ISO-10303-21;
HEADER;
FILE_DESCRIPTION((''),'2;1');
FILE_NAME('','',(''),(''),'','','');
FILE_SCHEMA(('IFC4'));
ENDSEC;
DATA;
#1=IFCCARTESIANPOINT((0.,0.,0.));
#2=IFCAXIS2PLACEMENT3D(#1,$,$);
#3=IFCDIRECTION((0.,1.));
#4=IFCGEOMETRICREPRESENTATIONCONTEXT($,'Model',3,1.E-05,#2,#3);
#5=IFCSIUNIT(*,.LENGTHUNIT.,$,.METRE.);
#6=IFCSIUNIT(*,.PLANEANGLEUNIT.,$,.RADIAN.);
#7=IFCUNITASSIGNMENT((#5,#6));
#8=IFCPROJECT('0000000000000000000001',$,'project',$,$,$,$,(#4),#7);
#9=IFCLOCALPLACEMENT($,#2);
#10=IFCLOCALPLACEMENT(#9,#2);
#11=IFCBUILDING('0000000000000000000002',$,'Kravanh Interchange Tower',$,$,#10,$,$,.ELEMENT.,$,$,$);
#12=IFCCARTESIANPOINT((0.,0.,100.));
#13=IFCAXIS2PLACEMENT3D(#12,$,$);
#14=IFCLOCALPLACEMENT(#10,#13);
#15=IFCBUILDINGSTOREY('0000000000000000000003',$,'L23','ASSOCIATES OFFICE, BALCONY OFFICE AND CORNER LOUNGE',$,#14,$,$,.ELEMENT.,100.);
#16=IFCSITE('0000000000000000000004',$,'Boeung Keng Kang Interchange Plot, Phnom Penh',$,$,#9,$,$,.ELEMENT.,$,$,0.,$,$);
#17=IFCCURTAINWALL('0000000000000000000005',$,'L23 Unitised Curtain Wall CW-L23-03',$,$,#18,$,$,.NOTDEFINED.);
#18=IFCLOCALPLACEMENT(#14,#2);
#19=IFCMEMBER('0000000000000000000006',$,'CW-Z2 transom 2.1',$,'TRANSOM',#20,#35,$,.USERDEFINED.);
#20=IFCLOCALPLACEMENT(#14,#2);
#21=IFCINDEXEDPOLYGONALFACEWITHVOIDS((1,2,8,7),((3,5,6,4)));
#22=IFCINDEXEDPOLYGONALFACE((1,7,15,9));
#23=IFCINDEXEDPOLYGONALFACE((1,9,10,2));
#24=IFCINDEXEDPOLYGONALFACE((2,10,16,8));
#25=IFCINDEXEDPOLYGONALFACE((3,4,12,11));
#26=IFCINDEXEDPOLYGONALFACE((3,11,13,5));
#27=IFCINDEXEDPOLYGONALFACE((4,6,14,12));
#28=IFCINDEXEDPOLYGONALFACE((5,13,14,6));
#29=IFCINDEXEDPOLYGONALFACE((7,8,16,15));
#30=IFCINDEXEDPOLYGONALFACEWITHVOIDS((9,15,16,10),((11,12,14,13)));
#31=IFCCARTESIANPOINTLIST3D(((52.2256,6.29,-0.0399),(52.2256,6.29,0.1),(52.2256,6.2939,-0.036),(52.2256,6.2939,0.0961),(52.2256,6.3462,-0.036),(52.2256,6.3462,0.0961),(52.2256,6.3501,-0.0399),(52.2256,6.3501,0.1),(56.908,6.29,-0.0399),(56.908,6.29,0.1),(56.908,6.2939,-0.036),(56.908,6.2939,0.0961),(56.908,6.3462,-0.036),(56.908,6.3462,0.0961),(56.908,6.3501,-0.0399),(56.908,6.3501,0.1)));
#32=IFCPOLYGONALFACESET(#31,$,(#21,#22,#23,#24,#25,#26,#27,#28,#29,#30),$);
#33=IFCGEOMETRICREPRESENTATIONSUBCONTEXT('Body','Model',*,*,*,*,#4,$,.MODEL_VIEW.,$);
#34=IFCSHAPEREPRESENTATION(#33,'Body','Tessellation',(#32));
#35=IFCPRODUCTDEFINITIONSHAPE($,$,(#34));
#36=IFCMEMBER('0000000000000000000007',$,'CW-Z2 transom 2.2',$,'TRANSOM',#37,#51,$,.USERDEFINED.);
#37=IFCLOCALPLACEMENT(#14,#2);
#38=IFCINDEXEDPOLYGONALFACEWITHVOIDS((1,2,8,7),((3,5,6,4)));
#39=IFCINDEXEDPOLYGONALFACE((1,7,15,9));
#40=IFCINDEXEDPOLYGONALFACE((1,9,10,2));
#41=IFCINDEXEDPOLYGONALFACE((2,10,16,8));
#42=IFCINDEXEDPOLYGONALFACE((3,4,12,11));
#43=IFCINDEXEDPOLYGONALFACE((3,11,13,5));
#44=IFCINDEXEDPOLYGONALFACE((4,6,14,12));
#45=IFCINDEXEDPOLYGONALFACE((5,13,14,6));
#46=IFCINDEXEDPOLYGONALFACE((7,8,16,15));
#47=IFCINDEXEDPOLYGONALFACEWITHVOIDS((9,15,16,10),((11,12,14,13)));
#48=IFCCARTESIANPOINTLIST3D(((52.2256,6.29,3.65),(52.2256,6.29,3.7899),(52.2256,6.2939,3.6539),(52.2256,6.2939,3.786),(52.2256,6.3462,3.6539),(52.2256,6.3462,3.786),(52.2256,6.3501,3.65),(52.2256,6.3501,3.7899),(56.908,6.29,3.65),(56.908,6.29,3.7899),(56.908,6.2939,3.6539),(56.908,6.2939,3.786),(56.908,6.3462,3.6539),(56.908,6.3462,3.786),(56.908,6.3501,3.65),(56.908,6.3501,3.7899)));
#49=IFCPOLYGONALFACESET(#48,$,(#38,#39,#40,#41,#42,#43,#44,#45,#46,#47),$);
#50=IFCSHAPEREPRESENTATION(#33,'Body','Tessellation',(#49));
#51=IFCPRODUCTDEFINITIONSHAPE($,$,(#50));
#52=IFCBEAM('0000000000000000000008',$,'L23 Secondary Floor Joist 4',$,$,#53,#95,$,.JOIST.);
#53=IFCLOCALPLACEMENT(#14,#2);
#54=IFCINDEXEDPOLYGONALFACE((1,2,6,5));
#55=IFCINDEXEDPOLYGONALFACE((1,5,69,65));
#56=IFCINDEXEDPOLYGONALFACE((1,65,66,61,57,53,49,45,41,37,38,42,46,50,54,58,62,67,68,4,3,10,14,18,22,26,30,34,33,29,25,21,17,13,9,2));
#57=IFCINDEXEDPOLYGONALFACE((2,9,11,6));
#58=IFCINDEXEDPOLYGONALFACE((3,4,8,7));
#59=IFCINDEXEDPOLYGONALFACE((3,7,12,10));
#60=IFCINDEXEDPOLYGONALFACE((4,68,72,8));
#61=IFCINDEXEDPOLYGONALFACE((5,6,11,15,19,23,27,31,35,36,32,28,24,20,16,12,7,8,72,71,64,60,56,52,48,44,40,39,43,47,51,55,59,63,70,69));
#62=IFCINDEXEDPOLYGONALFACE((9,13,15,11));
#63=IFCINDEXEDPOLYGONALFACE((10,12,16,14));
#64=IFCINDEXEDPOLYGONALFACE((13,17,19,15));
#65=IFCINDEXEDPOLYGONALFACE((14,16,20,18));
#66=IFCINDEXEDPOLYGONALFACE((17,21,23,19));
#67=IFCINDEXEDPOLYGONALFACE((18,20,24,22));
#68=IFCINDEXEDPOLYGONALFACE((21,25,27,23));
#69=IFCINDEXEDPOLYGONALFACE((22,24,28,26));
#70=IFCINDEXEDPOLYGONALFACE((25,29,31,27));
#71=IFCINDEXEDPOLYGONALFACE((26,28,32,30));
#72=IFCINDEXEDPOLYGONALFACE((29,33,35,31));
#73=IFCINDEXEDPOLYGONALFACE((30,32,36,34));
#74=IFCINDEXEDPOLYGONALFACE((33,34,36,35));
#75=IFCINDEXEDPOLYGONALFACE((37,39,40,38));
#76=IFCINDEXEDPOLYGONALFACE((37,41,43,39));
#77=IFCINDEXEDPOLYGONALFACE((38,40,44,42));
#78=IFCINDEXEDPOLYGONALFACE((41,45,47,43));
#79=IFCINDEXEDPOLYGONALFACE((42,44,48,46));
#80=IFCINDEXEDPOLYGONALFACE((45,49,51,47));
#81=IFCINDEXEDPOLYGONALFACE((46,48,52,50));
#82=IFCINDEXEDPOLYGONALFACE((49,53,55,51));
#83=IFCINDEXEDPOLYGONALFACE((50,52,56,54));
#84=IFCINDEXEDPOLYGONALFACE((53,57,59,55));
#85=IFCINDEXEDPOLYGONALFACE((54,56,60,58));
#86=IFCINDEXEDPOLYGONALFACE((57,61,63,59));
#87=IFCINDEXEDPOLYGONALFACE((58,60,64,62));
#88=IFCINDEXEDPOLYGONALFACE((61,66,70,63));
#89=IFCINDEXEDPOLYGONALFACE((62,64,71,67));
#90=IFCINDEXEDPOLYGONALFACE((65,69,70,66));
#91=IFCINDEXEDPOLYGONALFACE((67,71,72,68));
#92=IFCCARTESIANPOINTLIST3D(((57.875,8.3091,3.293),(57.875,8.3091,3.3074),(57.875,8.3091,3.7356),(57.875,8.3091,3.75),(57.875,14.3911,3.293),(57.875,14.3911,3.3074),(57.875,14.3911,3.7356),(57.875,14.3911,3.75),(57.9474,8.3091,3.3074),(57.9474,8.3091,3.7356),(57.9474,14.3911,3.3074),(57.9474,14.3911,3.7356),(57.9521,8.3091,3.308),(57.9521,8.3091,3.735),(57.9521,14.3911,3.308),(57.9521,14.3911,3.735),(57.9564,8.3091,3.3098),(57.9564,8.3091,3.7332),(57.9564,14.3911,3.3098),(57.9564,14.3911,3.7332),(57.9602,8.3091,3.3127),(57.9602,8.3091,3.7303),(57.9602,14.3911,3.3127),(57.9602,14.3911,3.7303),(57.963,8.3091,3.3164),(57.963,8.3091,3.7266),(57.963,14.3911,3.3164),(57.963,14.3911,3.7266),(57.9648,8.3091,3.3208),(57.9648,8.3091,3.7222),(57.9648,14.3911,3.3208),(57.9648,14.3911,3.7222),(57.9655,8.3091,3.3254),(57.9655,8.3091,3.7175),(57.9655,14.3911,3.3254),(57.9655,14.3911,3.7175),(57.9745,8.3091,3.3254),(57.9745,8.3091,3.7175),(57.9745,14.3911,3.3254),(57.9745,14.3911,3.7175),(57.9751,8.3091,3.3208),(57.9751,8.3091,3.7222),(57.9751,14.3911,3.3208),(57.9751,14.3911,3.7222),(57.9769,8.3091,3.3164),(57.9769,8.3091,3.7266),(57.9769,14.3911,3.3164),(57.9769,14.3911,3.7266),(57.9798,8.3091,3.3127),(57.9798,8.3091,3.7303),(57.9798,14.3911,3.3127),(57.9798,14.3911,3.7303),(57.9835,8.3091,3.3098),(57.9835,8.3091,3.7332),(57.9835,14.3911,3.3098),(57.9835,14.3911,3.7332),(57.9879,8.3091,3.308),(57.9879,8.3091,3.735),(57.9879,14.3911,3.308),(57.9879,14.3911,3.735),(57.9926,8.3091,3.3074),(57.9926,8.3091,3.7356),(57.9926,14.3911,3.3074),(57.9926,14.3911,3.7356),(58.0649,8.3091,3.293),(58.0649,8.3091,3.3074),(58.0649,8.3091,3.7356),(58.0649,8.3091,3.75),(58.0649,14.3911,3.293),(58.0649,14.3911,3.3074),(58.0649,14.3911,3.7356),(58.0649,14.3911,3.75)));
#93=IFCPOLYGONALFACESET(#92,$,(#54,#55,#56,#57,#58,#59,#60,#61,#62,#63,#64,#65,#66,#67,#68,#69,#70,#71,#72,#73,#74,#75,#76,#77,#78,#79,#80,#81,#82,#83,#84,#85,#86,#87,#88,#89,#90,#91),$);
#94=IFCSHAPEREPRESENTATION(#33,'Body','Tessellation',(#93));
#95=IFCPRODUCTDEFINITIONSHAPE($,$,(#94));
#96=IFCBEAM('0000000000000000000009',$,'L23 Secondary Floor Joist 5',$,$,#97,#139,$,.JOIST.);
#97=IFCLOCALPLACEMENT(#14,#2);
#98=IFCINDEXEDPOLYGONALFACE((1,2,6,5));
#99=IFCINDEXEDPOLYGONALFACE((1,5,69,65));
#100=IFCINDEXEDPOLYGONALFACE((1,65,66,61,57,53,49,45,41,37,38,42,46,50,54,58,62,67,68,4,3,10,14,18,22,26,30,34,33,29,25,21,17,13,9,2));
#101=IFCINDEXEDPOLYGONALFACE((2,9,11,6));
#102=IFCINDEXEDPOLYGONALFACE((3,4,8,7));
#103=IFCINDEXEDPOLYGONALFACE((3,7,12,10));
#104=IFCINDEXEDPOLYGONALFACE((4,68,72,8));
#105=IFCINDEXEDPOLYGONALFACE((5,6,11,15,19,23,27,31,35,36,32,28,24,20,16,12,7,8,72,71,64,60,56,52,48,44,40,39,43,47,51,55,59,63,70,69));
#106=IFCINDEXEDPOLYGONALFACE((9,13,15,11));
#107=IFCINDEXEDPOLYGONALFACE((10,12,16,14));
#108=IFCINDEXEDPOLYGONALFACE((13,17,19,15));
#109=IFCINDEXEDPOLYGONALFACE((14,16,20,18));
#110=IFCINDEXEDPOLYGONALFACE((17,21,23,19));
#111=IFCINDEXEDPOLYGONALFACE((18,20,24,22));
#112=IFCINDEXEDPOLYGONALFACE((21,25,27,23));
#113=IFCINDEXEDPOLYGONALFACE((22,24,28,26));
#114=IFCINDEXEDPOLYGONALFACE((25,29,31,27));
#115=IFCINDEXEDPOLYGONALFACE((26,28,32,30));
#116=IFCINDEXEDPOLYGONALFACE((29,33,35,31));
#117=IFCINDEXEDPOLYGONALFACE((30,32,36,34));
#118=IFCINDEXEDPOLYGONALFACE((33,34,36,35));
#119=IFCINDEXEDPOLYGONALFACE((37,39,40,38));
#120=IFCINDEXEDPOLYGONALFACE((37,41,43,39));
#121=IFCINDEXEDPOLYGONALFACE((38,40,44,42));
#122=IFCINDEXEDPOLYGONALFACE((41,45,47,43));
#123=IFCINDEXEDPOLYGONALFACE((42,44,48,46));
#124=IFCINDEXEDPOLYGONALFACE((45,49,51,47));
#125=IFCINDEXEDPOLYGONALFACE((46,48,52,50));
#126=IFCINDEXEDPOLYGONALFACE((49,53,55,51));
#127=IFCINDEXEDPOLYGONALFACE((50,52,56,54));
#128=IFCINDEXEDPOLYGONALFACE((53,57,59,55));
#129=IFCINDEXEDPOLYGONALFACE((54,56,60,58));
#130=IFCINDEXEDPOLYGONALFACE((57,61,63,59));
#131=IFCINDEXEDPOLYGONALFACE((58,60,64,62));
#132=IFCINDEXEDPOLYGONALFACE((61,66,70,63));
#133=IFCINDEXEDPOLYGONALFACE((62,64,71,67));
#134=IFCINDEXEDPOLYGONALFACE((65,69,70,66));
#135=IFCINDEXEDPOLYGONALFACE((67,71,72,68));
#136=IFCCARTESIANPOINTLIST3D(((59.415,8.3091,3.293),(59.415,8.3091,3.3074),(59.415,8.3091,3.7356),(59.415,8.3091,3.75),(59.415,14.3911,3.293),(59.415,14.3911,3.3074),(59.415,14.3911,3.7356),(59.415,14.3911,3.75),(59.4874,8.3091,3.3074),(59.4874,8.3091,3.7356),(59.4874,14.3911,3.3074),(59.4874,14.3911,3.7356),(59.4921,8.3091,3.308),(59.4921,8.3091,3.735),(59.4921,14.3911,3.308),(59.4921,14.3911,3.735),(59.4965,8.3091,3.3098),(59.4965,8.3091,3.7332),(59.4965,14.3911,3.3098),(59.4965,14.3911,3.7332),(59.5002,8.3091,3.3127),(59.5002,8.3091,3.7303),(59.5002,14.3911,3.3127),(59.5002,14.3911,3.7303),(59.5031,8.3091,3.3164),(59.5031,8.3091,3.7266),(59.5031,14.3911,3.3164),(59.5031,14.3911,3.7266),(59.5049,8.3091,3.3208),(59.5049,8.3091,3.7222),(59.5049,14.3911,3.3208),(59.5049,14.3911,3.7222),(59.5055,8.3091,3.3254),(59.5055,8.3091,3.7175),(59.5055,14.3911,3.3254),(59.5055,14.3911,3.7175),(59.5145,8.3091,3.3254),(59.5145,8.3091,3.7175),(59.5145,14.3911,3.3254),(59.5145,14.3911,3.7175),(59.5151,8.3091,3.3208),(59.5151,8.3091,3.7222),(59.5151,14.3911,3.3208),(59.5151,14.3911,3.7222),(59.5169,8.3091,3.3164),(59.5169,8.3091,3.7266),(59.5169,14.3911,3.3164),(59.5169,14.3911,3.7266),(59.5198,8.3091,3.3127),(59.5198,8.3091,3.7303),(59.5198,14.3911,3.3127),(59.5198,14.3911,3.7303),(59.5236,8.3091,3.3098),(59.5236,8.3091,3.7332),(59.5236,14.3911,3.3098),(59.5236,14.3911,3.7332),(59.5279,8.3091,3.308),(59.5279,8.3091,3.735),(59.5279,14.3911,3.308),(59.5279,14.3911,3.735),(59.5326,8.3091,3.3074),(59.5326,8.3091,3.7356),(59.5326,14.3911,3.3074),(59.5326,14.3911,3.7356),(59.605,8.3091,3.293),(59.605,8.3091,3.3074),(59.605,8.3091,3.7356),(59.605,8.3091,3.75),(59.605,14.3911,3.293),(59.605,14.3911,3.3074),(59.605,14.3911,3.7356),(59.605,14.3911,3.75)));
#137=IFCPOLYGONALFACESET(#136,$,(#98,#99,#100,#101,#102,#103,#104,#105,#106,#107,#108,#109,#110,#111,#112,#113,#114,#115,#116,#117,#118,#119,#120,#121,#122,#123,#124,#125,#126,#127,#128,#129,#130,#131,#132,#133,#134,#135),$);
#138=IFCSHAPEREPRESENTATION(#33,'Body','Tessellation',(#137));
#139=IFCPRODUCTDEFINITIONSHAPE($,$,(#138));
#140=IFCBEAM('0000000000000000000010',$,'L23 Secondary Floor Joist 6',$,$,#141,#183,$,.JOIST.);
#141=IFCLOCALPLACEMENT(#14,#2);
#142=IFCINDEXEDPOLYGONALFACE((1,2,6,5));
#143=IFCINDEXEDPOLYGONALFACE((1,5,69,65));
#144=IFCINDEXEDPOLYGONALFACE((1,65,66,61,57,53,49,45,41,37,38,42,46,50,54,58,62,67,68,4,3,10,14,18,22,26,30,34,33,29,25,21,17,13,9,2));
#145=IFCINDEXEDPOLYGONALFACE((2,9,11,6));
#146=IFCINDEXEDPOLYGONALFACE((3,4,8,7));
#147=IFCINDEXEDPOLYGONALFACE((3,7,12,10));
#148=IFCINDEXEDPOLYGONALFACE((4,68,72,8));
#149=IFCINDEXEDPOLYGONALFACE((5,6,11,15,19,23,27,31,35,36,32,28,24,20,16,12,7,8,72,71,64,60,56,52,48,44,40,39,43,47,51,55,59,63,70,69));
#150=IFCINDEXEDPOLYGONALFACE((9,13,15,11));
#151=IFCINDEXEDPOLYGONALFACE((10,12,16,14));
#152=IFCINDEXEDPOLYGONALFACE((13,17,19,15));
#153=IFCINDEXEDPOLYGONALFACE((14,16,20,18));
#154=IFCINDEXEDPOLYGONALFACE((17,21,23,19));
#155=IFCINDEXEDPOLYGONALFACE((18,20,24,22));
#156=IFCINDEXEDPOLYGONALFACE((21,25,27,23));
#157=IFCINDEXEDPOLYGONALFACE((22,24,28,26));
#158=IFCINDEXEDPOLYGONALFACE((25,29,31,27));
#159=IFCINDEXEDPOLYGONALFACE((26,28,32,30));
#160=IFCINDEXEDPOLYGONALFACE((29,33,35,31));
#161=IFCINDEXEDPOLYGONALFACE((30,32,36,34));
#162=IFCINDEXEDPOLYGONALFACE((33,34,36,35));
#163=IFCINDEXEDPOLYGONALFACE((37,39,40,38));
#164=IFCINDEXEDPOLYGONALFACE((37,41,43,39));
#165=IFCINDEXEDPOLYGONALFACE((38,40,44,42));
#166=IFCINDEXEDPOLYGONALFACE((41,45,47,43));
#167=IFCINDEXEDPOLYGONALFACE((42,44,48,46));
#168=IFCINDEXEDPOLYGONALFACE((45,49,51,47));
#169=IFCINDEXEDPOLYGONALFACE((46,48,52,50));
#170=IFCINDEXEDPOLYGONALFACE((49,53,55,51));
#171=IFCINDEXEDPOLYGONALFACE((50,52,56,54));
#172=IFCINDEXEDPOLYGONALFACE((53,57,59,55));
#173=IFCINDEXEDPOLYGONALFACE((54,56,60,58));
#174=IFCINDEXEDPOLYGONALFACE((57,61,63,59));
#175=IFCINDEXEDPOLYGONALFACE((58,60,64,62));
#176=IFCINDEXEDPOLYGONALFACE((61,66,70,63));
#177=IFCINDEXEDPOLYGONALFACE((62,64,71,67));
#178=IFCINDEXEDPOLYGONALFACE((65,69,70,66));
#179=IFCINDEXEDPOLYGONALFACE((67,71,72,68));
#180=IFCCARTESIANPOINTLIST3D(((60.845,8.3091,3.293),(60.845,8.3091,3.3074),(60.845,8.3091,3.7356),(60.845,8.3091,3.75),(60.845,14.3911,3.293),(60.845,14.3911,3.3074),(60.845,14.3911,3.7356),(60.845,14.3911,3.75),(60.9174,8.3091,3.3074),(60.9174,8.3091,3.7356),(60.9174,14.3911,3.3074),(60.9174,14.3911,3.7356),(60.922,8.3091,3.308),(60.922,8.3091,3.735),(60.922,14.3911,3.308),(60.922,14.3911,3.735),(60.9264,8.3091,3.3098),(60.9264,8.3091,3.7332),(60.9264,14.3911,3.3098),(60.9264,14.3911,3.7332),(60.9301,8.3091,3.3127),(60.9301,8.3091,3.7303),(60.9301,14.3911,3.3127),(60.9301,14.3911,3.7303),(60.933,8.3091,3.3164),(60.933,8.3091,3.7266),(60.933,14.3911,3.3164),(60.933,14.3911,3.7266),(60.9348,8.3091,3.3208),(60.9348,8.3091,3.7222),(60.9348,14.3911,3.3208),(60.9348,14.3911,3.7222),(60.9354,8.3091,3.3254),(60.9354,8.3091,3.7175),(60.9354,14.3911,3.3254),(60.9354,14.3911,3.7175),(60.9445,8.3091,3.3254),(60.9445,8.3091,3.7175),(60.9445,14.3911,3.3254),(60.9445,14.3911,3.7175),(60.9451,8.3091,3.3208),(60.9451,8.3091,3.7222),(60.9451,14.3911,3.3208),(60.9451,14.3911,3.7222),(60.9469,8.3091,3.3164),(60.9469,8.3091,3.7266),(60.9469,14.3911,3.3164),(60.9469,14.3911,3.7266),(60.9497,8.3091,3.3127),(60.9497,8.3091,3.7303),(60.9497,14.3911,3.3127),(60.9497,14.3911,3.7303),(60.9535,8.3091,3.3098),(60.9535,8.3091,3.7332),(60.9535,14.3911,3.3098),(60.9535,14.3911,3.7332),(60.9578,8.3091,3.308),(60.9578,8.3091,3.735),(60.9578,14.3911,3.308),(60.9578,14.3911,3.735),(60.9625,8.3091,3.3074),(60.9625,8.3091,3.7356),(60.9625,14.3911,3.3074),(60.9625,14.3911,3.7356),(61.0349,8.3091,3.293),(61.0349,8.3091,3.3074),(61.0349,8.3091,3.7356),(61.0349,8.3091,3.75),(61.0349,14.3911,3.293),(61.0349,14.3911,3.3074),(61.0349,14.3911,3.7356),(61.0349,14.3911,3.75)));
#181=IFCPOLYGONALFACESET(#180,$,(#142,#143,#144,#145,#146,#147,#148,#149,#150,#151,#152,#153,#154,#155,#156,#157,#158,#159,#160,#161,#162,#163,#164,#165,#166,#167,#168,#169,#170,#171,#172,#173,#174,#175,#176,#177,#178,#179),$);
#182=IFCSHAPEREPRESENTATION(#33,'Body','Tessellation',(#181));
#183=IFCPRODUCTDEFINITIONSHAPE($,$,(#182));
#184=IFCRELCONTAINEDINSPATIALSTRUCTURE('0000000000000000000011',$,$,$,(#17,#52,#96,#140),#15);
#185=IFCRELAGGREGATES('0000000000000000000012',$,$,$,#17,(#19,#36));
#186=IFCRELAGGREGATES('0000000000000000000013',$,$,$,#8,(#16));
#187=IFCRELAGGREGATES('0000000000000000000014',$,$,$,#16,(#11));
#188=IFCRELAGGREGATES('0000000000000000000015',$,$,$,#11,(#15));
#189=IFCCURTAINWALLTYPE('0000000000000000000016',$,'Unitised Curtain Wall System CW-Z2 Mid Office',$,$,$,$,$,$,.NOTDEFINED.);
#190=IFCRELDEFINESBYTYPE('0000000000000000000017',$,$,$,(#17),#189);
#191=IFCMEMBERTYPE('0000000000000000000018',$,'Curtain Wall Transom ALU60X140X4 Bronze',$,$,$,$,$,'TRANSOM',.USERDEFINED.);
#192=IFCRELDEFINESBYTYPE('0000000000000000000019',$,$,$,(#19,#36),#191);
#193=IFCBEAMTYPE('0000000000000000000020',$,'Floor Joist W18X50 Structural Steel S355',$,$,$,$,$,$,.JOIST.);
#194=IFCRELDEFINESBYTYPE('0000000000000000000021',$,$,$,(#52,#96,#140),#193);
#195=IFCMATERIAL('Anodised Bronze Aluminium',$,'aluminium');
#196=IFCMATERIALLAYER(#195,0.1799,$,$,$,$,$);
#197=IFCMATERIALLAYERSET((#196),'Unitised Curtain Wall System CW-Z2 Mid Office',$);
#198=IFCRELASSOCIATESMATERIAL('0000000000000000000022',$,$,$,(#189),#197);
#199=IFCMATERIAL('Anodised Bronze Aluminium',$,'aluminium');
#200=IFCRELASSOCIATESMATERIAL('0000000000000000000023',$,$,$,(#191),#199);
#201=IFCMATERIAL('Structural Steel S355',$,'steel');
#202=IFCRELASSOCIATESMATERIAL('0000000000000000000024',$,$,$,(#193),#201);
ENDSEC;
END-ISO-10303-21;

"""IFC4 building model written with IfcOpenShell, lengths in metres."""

from ifc_helpers import new_model, si_unit, direction, frame, origin, origin_2d, place, context, subcontext, project, spatial, hollow_rectangle, i_section, extrude, material, layer, layer_set, material_profile, profile_set, type_object, element, aggregate, save


model = new_model("IFC4")

# Units and contexts
model_context = context("Model", 3, precision=1e-05, world=origin(), true_north=direction((0.0, 1.0)))
body_context = subcontext(model_context, "Body", "Model", "MODEL_VIEW")
ifc_project = project(units=[si_unit("LENGTHUNIT", "METRE"), si_unit("PLANEANGLEUNIT", "RADIAN")], contexts=[model_context])

# Site, building, storey
site_placement = place(None, origin())
site = spatial("IfcSite", under=ifc_project, at=site_placement, Name="Boeung Keng Kang Interchange Plot, Phnom Penh", CompositionType="ELEMENT", RefElevation=0.0)
building_placement = place(site_placement, origin())
building = spatial("IfcBuilding", under=site, at=building_placement, Name="Kravanh Interchange Tower", CompositionType="ELEMENT")
storey_placement = place(building_placement, frame((0.0, 0.0, 100.0)))
storey = spatial("IfcBuildingStorey", under=building, at=storey_placement, Name="L23", Description="ASSOCIATES OFFICE, BALCONY OFFICE AND CORNER LOUNGE", CompositionType="ELEMENT", Elevation=100.0)

# Curtain wall
ifc_material_1 = material(Name="Anodised Bronze Aluminium", Category="aluminium")
ifc_layer_1 = layer(ifc_material_1, 0.1799)
ifc_layer_set_1 = layer_set([ifc_layer_1], Name="Unitised Curtain Wall System CW-Z2 Mid Office")
curtain_wall_type = type_object("IfcCurtainWallType", Name="Unitised Curtain Wall System CW-Z2 Mid Office", PredefinedType="NOTDEFINED", material=ifc_layer_set_1)
curtain_wall_1_placement = place(storey_placement, origin())
curtain_wall_1 = element("IfcCurtainWall", 1, at=curtain_wall_1_placement, inside=storey, type_object=curtain_wall_type, Name="L23 Unitised Curtain Wall CW-L23-03", PredefinedType="NOTDEFINED")

# Members
ifc_material_2 = material(Name="Anodised Bronze Aluminium", Category="aluminium")
ifc_material_profile_1 = material_profile(ifc_material_2, hollow_rectangle(XDim=0.0601, YDim=0.1399, WallThickness=0.0039, at=origin_2d()), Name="ALU60X140X4")
ifc_profile_set_1 = profile_set([ifc_material_profile_1], Name="Anodised Bronze Aluminium")
member_type_1 = type_object("IfcMemberType", Name="Curtain Wall Transom ALU60X140X4 Bronze", ElementType="TRANSOM", PredefinedType="USERDEFINED", material=ifc_profile_set_1)
member_1_placement = place(storey_placement, frame((56.908, 6.3201, 0.03), z_axis=(-1.0, 0.0, 0.0), x_axis=(0.0, -1.0, 0.0)))
member_1 = element("IfcMember", 2, at=member_1_placement, type_object=member_type_1, Name="CW-Z2 transom 2.1", ObjectType="TRANSOM", PredefinedType="USERDEFINED", context=body_context, shape_type="SweptSolid", body=[
    extrude(hollow_rectangle(XDim=0.0601, YDim=0.1399, WallThickness=0.0039, at=origin_2d()), origin(), (0.0, 0.0, 1.0), 4.6824),
])
member_2_placement = place(storey_placement, frame((56.908, 6.3201, 3.72), z_axis=(-1.0, 0.0, 0.0), x_axis=(0.0, -1.0, 0.0)))
member_2 = element("IfcMember", 3, at=member_2_placement, type_object=member_type_1, Name="CW-Z2 transom 2.2", ObjectType="TRANSOM", PredefinedType="USERDEFINED", context=body_context, shape_type="SweptSolid", body=[
    extrude(hollow_rectangle(XDim=0.0601, YDim=0.1399, WallThickness=0.0039, at=origin_2d()), origin(), (0.0, 0.0, 1.0), 4.6824),
])

# Beams
ifc_material_3 = material(Name="Structural Steel S355", Category="steel")
ifc_material_profile_2 = material_profile(ifc_material_3, i_section(OverallWidth=0.1899, OverallDepth=0.457, WebThickness=0.009, FlangeThickness=0.0144, FilletRadius=0.0181, at=origin_2d()), Name="W18X50")
ifc_profile_set_2 = profile_set([ifc_material_profile_2], Name="Structural Steel S355")
beam_type_1 = type_object("IfcBeamType", Name="Floor Joist W18X50 Structural Steel S355", PredefinedType="JOIST", material=ifc_profile_set_2)
for number, where, z_axis, x_axis, name in (
    (4, (57.97, 8.3091, 3.5215), (0.0, 1.0, 0.0), (-1.0, 0.0, 0.0), "L23 Secondary Floor Joist 4"),
    (5, (59.51, 8.3091, 3.5215), (0.0, 1.0, 0.0), (-1.0, 0.0, 0.0), "L23 Secondary Floor Joist 5"),
    (6, (60.9399, 8.3091, 3.5215), (0.0, 1.0, 0.0), (-1.0, 0.0, 0.0), "L23 Secondary Floor Joist 6"),
):
    element("IfcBeam", number, at=place(storey_placement, frame(where, z_axis=z_axis, x_axis=x_axis)), inside=storey, type_object=beam_type_1, Name=name, PredefinedType="JOIST", context=body_context, shape_type="SweptSolid", body=[
        extrude(i_section(OverallWidth=0.1899, OverallDepth=0.457, WebThickness=0.009, FlangeThickness=0.0144, FilletRadius=0.0181, at=origin_2d()), origin(), (0.0, 0.0, 1.0), 6.082),
    ])

aggregate(curtain_wall_1, [member_1, member_2])

save(model, "model.ifc")
